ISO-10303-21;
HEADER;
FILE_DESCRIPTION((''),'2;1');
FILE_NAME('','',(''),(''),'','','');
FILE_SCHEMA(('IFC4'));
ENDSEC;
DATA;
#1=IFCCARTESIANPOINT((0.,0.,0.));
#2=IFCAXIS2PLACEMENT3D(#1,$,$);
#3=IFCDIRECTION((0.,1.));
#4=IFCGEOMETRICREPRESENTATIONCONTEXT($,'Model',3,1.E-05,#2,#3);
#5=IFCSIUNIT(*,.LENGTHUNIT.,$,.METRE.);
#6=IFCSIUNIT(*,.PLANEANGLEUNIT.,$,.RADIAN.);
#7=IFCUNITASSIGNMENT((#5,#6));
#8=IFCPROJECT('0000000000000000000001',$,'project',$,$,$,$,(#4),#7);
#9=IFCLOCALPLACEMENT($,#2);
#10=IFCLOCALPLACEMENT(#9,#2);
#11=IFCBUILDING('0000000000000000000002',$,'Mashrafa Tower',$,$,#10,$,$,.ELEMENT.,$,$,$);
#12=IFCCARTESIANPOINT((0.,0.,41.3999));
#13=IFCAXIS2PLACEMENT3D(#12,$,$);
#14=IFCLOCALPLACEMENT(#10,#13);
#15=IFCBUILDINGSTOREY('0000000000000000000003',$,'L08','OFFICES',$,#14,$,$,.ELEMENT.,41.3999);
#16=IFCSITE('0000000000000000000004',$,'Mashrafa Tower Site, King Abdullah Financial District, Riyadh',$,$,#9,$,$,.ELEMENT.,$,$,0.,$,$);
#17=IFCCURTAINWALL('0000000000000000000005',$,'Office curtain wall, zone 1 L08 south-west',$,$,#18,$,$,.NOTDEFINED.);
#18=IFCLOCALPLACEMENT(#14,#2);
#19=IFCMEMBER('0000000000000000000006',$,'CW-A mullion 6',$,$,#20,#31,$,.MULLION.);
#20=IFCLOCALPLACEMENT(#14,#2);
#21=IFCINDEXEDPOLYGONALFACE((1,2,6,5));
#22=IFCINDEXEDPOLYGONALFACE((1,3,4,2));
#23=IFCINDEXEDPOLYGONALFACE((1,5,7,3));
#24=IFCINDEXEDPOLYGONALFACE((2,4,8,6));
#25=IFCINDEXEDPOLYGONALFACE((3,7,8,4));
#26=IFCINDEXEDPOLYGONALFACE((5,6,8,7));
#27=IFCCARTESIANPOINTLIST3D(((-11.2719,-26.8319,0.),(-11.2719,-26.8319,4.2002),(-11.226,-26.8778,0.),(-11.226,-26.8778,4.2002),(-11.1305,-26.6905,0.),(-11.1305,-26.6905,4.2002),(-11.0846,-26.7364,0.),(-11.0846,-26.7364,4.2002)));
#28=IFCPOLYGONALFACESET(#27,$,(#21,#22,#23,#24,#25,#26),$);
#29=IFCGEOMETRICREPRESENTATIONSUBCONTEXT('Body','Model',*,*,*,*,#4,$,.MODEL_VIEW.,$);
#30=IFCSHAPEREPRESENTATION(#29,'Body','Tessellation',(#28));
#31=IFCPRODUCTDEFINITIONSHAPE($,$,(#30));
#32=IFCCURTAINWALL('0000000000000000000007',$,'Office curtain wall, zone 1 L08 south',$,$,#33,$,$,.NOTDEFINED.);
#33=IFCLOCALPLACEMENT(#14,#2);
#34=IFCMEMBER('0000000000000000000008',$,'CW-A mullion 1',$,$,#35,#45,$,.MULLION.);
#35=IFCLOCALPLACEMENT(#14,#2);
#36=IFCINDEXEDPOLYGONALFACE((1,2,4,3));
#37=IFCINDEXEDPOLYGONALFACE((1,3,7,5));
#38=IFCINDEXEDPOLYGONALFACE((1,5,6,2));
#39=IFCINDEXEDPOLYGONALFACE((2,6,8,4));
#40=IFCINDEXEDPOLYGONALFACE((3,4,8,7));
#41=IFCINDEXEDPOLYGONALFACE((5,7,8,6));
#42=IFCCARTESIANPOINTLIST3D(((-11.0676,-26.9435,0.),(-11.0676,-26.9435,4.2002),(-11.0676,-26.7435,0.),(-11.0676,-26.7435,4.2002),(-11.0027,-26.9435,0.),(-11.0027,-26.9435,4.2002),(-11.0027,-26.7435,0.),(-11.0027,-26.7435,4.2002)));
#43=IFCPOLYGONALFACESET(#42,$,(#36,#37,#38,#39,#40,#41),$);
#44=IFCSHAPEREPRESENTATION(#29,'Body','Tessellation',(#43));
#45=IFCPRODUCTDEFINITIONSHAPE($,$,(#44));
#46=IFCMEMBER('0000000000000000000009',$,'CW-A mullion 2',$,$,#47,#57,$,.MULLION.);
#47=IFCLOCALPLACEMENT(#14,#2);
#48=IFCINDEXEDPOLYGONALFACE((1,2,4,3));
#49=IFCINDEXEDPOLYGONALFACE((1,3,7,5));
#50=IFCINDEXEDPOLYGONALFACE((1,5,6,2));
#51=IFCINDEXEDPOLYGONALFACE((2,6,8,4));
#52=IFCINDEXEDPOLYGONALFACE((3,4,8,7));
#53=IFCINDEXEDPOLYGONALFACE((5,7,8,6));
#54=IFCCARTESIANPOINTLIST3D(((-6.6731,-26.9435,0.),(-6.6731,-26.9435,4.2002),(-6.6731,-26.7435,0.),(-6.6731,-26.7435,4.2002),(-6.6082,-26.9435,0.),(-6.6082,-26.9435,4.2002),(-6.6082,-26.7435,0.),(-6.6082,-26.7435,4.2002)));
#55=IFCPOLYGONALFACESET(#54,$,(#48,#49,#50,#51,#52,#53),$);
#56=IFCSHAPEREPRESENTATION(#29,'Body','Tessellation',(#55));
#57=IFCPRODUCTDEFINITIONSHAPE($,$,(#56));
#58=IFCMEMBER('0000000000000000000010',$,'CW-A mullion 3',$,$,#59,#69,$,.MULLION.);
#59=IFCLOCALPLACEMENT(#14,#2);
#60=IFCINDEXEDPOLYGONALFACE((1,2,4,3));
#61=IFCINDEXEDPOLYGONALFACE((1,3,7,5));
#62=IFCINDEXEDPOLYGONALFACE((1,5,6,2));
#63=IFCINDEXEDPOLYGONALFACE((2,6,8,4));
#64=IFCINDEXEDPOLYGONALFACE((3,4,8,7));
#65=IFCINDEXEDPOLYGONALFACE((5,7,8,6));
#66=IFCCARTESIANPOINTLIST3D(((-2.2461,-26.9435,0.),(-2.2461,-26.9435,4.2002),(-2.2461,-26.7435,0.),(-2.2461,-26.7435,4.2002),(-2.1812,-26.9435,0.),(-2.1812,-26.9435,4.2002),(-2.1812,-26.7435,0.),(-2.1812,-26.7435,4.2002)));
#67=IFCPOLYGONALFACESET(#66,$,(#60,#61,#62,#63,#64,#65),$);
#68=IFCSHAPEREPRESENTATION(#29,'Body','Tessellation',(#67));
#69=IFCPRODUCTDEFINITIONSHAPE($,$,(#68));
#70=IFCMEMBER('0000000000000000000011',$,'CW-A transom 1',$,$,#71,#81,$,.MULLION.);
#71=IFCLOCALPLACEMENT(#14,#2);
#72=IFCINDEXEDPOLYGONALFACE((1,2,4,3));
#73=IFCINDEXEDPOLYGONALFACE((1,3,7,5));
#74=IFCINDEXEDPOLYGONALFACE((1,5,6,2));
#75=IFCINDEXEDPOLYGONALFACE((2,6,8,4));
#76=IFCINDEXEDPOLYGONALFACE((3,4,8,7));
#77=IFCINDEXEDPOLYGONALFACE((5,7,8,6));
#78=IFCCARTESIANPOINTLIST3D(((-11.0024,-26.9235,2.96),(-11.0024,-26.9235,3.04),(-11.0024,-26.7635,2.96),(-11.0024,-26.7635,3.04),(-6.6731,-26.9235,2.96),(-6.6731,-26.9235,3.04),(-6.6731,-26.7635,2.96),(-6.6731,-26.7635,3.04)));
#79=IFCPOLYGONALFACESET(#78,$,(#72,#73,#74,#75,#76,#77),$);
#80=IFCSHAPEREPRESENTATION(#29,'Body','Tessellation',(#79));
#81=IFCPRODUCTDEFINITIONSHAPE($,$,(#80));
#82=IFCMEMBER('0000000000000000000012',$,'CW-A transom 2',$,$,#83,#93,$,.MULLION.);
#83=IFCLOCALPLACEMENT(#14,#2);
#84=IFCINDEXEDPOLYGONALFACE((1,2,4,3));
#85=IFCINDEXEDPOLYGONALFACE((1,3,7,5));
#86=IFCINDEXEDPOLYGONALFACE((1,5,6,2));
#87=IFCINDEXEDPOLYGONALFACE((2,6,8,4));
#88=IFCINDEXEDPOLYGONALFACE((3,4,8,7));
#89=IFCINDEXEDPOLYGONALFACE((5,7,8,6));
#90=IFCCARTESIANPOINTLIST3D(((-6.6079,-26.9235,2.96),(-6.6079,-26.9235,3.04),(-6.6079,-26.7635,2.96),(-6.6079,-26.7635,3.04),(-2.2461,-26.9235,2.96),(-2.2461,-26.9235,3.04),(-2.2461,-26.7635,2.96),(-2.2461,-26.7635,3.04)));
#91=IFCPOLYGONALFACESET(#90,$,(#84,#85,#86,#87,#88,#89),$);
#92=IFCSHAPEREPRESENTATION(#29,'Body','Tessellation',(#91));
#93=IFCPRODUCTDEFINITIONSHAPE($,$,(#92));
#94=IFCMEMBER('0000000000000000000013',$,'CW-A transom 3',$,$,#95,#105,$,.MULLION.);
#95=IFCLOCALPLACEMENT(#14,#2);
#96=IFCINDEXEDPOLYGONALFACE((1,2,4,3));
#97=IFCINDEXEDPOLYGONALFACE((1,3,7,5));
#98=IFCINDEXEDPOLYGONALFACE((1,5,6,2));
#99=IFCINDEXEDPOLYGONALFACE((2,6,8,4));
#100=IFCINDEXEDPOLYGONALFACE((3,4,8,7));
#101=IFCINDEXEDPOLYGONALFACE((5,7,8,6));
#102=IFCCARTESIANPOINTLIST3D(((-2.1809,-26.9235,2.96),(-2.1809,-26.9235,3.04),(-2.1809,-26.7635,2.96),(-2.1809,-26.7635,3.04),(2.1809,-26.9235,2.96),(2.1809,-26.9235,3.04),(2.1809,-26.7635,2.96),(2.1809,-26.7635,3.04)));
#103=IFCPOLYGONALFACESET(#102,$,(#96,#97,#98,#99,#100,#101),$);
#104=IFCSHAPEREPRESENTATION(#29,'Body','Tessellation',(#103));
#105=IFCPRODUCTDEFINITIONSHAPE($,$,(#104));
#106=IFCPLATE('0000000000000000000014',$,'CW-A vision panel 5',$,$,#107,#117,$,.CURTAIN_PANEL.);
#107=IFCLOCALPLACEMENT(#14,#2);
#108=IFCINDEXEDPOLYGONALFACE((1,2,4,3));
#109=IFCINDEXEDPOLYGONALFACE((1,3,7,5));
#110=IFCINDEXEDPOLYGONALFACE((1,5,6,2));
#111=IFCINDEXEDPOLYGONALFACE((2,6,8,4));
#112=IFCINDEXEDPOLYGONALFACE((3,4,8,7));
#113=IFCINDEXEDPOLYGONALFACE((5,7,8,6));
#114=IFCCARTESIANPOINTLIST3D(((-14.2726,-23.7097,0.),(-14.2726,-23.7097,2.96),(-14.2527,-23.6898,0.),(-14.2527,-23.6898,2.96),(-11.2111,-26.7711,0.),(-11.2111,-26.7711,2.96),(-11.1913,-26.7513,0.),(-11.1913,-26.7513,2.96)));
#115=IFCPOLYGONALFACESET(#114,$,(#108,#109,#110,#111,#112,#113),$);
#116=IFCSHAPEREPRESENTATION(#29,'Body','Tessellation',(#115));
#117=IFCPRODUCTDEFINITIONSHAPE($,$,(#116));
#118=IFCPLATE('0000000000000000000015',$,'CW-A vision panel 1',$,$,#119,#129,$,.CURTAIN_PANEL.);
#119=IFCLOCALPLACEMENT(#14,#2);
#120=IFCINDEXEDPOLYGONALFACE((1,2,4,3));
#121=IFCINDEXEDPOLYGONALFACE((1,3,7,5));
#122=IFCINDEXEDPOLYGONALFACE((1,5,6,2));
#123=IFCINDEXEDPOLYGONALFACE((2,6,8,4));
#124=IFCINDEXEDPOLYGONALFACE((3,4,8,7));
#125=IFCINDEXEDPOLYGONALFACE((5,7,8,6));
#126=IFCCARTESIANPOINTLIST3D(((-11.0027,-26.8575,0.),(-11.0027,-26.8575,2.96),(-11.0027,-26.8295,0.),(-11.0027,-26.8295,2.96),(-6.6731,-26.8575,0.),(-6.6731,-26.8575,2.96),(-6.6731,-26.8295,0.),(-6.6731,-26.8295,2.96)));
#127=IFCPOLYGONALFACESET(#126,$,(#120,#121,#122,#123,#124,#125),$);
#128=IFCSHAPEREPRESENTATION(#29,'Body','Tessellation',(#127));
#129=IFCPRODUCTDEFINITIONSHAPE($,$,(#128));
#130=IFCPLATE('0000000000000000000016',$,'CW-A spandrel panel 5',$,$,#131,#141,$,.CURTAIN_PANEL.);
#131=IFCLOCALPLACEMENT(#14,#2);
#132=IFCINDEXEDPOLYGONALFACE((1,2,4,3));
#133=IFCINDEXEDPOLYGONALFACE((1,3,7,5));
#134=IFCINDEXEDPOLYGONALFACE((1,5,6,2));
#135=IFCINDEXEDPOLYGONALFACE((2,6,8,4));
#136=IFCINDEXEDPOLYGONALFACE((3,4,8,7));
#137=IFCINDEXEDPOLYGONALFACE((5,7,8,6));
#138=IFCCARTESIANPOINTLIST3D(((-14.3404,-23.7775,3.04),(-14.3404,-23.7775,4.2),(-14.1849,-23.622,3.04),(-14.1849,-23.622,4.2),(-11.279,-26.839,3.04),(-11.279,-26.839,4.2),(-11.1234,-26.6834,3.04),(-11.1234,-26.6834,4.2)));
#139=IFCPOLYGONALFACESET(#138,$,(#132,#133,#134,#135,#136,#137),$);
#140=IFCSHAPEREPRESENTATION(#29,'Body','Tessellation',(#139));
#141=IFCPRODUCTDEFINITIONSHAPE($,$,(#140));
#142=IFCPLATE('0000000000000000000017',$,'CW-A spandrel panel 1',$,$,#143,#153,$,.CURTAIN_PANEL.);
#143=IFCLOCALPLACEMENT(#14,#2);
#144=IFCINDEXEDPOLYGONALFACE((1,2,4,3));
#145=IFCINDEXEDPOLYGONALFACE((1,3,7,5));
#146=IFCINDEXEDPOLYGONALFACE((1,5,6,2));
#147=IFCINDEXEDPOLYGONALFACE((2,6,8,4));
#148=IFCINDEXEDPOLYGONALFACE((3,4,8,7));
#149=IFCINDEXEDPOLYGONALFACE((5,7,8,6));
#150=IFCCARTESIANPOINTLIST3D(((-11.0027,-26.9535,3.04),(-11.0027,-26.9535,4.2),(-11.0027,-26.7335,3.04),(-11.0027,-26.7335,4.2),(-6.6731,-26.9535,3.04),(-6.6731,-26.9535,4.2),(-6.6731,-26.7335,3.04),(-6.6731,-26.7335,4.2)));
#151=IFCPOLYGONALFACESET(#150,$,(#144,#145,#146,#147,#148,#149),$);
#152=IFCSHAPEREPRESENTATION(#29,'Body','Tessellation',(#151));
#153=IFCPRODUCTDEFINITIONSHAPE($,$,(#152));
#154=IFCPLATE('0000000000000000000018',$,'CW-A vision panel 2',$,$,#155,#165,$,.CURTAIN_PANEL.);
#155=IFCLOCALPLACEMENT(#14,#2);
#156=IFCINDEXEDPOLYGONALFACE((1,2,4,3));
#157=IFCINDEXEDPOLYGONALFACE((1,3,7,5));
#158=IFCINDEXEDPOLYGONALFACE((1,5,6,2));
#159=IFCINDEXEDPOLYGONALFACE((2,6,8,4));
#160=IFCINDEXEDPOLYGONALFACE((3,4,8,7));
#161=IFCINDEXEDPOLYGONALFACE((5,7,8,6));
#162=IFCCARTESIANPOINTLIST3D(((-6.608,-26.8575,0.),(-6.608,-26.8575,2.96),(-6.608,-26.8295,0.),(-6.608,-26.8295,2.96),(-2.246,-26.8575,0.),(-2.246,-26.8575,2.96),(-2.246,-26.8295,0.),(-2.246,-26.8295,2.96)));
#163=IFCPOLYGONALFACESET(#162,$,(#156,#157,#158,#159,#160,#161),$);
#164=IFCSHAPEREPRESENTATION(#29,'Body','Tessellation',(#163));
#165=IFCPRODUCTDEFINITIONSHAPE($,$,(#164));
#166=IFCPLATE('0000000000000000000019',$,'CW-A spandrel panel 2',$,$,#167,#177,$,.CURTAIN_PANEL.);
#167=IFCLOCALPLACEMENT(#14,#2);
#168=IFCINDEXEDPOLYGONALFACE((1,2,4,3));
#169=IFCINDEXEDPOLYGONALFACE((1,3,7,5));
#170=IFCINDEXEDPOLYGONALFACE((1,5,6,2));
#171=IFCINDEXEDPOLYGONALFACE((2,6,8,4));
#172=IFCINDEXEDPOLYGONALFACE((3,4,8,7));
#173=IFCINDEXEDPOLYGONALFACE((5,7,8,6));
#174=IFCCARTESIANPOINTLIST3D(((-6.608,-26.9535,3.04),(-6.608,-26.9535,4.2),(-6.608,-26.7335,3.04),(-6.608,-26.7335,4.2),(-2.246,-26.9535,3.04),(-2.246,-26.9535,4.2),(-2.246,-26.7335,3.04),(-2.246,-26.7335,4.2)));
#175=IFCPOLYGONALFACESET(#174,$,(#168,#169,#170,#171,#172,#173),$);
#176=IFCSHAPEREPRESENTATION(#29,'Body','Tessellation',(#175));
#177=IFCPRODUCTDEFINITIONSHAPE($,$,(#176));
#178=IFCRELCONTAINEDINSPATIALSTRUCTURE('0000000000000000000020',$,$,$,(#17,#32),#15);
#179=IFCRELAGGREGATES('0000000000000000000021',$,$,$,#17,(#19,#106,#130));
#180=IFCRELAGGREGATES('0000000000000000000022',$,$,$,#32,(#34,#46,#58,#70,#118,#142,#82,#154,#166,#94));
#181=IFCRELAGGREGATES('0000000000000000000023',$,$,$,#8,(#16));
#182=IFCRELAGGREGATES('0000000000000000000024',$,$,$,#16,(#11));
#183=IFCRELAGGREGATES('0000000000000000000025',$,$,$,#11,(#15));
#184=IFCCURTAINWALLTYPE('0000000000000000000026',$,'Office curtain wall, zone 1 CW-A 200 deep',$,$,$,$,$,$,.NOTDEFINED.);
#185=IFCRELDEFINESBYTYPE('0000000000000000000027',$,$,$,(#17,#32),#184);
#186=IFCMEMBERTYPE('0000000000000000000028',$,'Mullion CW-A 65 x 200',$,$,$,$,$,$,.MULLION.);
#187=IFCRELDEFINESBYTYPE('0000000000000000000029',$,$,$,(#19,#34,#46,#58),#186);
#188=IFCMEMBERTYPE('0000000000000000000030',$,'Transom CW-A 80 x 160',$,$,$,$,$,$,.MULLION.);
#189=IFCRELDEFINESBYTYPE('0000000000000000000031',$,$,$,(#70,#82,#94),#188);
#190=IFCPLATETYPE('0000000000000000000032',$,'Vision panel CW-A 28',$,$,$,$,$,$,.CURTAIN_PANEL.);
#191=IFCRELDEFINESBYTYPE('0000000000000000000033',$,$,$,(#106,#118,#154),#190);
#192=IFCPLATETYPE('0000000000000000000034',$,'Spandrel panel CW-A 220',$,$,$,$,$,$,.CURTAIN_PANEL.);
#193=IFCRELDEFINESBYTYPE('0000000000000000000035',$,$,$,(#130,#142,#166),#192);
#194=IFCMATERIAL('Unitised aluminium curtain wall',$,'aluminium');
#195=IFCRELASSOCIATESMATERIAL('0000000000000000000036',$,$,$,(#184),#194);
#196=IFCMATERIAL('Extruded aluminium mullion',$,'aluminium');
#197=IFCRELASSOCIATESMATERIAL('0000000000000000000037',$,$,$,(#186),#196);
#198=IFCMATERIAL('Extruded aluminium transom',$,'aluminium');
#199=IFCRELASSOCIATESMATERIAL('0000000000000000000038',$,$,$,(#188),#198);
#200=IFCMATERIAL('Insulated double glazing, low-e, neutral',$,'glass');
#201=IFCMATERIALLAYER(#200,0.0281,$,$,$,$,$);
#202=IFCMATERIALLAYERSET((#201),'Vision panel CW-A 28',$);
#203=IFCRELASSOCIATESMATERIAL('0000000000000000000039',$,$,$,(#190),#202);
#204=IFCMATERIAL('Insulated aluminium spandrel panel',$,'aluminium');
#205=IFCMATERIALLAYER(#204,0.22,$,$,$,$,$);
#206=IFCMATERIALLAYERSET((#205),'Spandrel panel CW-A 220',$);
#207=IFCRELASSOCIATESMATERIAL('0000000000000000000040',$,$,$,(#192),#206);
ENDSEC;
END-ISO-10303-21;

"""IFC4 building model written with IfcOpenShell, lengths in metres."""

from ifc_helpers import new_model, si_unit, direction, frame, origin, origin_2d, place, context, subcontext, project, spatial, rectangle, extrude, source, transform, mapped, material, layer, layer_set, material_profile, profile_set, type_object, type_shapes, element, aggregate, save


model = new_model("IFC4")

# Units and contexts
model_context = context("Model", 3, precision=1e-05, world=origin(), true_north=direction((0.0, 1.0)))
body_context = subcontext(model_context, "Body", "Model", "MODEL_VIEW")
ifc_project = project(units=[si_unit("LENGTHUNIT", "METRE"), si_unit("PLANEANGLEUNIT", "RADIAN")], contexts=[model_context])

# Site, building, storey
site_placement = place(None, origin())
site = spatial("IfcSite", under=ifc_project, at=site_placement, Name="Mashrafa Tower Site, King Abdullah Financial District, Riyadh", CompositionType="ELEMENT", RefElevation=0.0)
building_placement = place(site_placement, origin())
building = spatial("IfcBuilding", under=site, at=building_placement, Name="Mashrafa Tower", CompositionType="ELEMENT")
storey_placement = place(building_placement, frame((0.0, 0.0, 41.3999)))
storey = spatial("IfcBuildingStorey", under=building, at=storey_placement, Name="L08", Description="OFFICES", CompositionType="ELEMENT", Elevation=41.3999)

# Curtain wall, member
ifc_material_1 = material(Name="Unitised aluminium curtain wall", Category="aluminium")
curtain_wall_type = type_object("IfcCurtainWallType", Name="Office curtain wall, zone 1 CW-A 200 deep", PredefinedType="NOTDEFINED", material=ifc_material_1)
curtain_wall_1_placement = place(storey_placement, origin())
curtain_wall_1 = element("IfcCurtainWall", 1, at=curtain_wall_1_placement, inside=storey, type_object=curtain_wall_type, Name="Office curtain wall, zone 1 L08 south-west", PredefinedType="NOTDEFINED")
ifc_material_2 = material(Name="Extruded aluminium mullion", Category="aluminium")
ifc_material_profile_1 = material_profile(ifc_material_2, rectangle(XDim=0.2, YDim=0.0649, at=origin_2d()), Name="Mullion 65x200")
ifc_profile_set_1 = profile_set([ifc_material_profile_1], Name="Extruded aluminium mullion")
member_type_1 = type_object("IfcMemberType", Name="Mullion CW-A 65 x 200", PredefinedType="MULLION", material=ifc_profile_set_1)
shared_shape_1 = source(origin(), body_context, "Body", "SweptSolid", [
    extrude(rectangle(XDim=0.2, YDim=0.0649, at=origin_2d()), origin(), (0.0, 0.0, 1.0), 4.2002),
])
type_shapes(member_type_1, [shared_shape_1])
member_1_placement = place(storey_placement, frame((-11.1782, -26.7842, 0.0), z_axis=(0.0, 0.0, 1.0), x_axis=(0.707107, 0.707107, 0.0)))
member_1 = element("IfcMember", 2, at=member_1_placement, type_object=member_type_1, Name="CW-A mullion 6", PredefinedType="MULLION", context=body_context, shape_type="MappedRepresentation", body=[
    mapped(shared_shape_1, transform((0.0, 0.0, 0.0))),
])

# Curtain wall, members
curtain_wall_2_placement = place(storey_placement, origin())
curtain_wall_2 = element("IfcCurtainWall", 3, at=curtain_wall_2_placement, inside=storey, type_object=curtain_wall_type, Name="Office curtain wall, zone 1 L08 south", PredefinedType="NOTDEFINED")
member_2_placement = place(storey_placement, frame((-11.0352, -26.8435, 0.0), z_axis=(0.0, 0.0, 1.0), x_axis=(0.0, 1.0, 0.0)))
member_2 = element("IfcMember", 4, at=member_2_placement, type_object=member_type_1, Name="CW-A mullion 1", PredefinedType="MULLION", context=body_context, shape_type="MappedRepresentation", body=[
    mapped(shared_shape_1, transform((0.0, 0.0, 0.0))),
])
member_3_placement = place(storey_placement, frame((-6.6406, -26.8435, 0.0), z_axis=(0.0, 0.0, 1.0), x_axis=(0.0, 1.0, 0.0)))
member_3 = element("IfcMember", 5, at=member_3_placement, type_object=member_type_1, Name="CW-A mullion 2", PredefinedType="MULLION", context=body_context, shape_type="MappedRepresentation", body=[
    mapped(shared_shape_1, transform((0.0, 0.0, 0.0))),
])
member_4_placement = place(storey_placement, frame((-2.2136, -26.8435, 0.0), z_axis=(0.0, 0.0, 1.0), x_axis=(0.0, 1.0, 0.0)))
member_4 = element("IfcMember", 6, at=member_4_placement, type_object=member_type_1, Name="CW-A mullion 3", PredefinedType="MULLION", context=body_context, shape_type="MappedRepresentation", body=[
    mapped(shared_shape_1, transform((0.0, 0.0, 0.0))),
])
ifc_material_3 = material(Name="Extruded aluminium transom", Category="aluminium")
ifc_material_profile_2 = material_profile(ifc_material_3, rectangle(XDim=0.1599, YDim=0.0801, at=origin_2d()), Name="Transom 80x160")
ifc_profile_set_2 = profile_set([ifc_material_profile_2], Name="Extruded aluminium transom")
member_type_2 = type_object("IfcMemberType", Name="Transom CW-A 80 x 160", PredefinedType="MULLION", material=ifc_profile_set_2)
shared_shape_2 = source(origin(), body_context, "Body", "SweptSolid", [
    extrude(rectangle(XDim=0.1599, YDim=0.0801, at=origin_2d()), origin(), (0.0, 0.0, 1.0), 4.3293),
])
member_5_placement = place(storey_placement, frame((-11.0024, -26.8435, 3.0), z_axis=(1.0, 0.0, 0.0), x_axis=(0.0, 1.0, 0.0)))
member_5 = element("IfcMember", 7, at=member_5_placement, type_object=member_type_2, Name="CW-A transom 1", PredefinedType="MULLION", context=body_context, shape_type="MappedRepresentation", body=[
    mapped(shared_shape_2, transform((0.0, 0.0, 0.0))),
])
shared_shape_3 = source(origin(), body_context, "Body", "SweptSolid", [
    extrude(rectangle(XDim=0.1599, YDim=0.0801, at=origin_2d()), origin(), (0.0, 0.0, 1.0), 4.3618),
])
type_shapes(member_type_2, [shared_shape_2, shared_shape_3])
member_6_placement = place(storey_placement, frame((-6.6079, -26.8435, 3.0), z_axis=(1.0, 0.0, 0.0), x_axis=(0.0, 1.0, 0.0)))
member_6 = element("IfcMember", 8, at=member_6_placement, type_object=member_type_2, Name="CW-A transom 2", PredefinedType="MULLION", context=body_context, shape_type="MappedRepresentation", body=[
    mapped(shared_shape_3, transform((0.0, 0.0, 0.0))),
])
member_7_placement = place(storey_placement, frame((-2.1809, -26.8435, 3.0), z_axis=(1.0, 0.0, 0.0), x_axis=(0.0, 1.0, 0.0)))
member_7 = element("IfcMember", 9, at=member_7_placement, type_object=member_type_2, Name="CW-A transom 3", PredefinedType="MULLION", context=body_context, shape_type="MappedRepresentation", body=[
    mapped(shared_shape_3, transform((0.0, 0.0, 0.0))),
])

# Plates
ifc_material_4 = material(Name="Insulated double glazing, low-e, neutral", Category="glass")
ifc_layer_1 = layer(ifc_material_4, 0.0281)
ifc_layer_set_1 = layer_set([ifc_layer_1], Name="Vision panel CW-A 28")
plate_type_1 = type_object("IfcPlateType", Name="Vision panel CW-A 28", PredefinedType="CURTAIN_PANEL", material=ifc_layer_set_1)
shared_shape_4 = source(origin(), body_context, "Body", "SweptSolid", [
    extrude(rectangle(XDim=4.3296, YDim=0.0281, at=origin_2d()), origin(), (0.0, 0.0, 1.0), 2.96),
])
plate_1_placement = place(storey_placement, frame((-12.7319, -25.2305, 0.0), z_axis=(0.0, 0.0, 1.0), x_axis=(0.707107, -0.707107, 0.0)))
plate_1 = element("IfcPlate", 10, at=plate_1_placement, type_object=plate_type_1, Name="CW-A vision panel 5", PredefinedType="CURTAIN_PANEL", context=body_context, shape_type="MappedRepresentation", body=[
    mapped(shared_shape_4, transform((0.0, 0.0, 0.0))),
])
plate_2_placement = place(storey_placement, frame((-8.8379, -26.8435, 0.0), z_axis=(0.0, 0.0, 1.0), x_axis=(1.0, 0.0, 0.0)))
plate_2 = element("IfcPlate", 11, at=plate_2_placement, type_object=plate_type_1, Name="CW-A vision panel 1", PredefinedType="CURTAIN_PANEL", context=body_context, shape_type="MappedRepresentation", body=[
    mapped(shared_shape_4, transform((0.0, 0.0, 0.0))),
])
ifc_material_5 = material(Name="Insulated aluminium spandrel panel", Category="aluminium")
ifc_layer_2 = layer(ifc_material_5, 0.22)
ifc_layer_set_2 = layer_set([ifc_layer_2], Name="Spandrel panel CW-A 220")
plate_type_2 = type_object("IfcPlateType", Name="Spandrel panel CW-A 220", PredefinedType="CURTAIN_PANEL", material=ifc_layer_set_2)
shared_shape_5 = source(origin(), body_context, "Body", "SweptSolid", [
    extrude(rectangle(XDim=4.3296, YDim=0.22, at=origin_2d()), origin(), (0.0, 0.0, 1.0), 1.1599),
])
plate_3_placement = place(storey_placement, frame((-12.7319, -25.2305, 3.04), z_axis=(0.0, 0.0, 1.0), x_axis=(0.707107, -0.707107, 0.0)))
plate_3 = element("IfcPlate", 12, at=plate_3_placement, type_object=plate_type_2, Name="CW-A spandrel panel 5", PredefinedType="CURTAIN_PANEL", context=body_context, shape_type="MappedRepresentation", body=[
    mapped(shared_shape_5, transform((0.0, 0.0, 0.0))),
])
aggregate(curtain_wall_1, [member_1, plate_1, plate_3])
plate_4_placement = place(storey_placement, frame((-8.8379, -26.8435, 3.04), z_axis=(0.0, 0.0, 1.0), x_axis=(1.0, 0.0, 0.0)))
plate_4 = element("IfcPlate", 13, at=plate_4_placement, type_object=plate_type_2, Name="CW-A spandrel panel 1", PredefinedType="CURTAIN_PANEL", context=body_context, shape_type="MappedRepresentation", body=[
    mapped(shared_shape_5, transform((0.0, 0.0, 0.0))),
])
shared_shape_6 = source(origin(), body_context, "Body", "SweptSolid", [
    extrude(rectangle(XDim=4.3621, YDim=0.0281, at=origin_2d()), origin(), (0.0, 0.0, 1.0), 2.96),
])
type_shapes(plate_type_1, [shared_shape_4, shared_shape_6])
plate_5_placement = place(storey_placement, frame((-4.427, -26.8435, 0.0), z_axis=(0.0, 0.0, 1.0), x_axis=(1.0, 0.0, 0.0)))
plate_5 = element("IfcPlate", 14, at=plate_5_placement, type_object=plate_type_1, Name="CW-A vision panel 2", PredefinedType="CURTAIN_PANEL", context=body_context, shape_type="MappedRepresentation", body=[
    mapped(shared_shape_6, transform((0.0, 0.0, 0.0))),
])
shared_shape_7 = source(origin(), body_context, "Body", "SweptSolid", [
    extrude(rectangle(XDim=4.3621, YDim=0.22, at=origin_2d()), origin(), (0.0, 0.0, 1.0), 1.1599),
])
type_shapes(plate_type_2, [shared_shape_5, shared_shape_7])
plate_6_placement = place(storey_placement, frame((-4.427, -26.8435, 3.04), z_axis=(0.0, 0.0, 1.0), x_axis=(1.0, 0.0, 0.0)))
plate_6 = element("IfcPlate", 15, at=plate_6_placement, type_object=plate_type_2, Name="CW-A spandrel panel 2", PredefinedType="CURTAIN_PANEL", context=body_context, shape_type="MappedRepresentation", body=[
    mapped(shared_shape_7, transform((0.0, 0.0, 0.0))),
])
aggregate(curtain_wall_2, [member_2, member_3, member_4, member_5, plate_2, plate_4, member_6, plate_5, plate_6, member_7])

save(model, "model.ifc")
